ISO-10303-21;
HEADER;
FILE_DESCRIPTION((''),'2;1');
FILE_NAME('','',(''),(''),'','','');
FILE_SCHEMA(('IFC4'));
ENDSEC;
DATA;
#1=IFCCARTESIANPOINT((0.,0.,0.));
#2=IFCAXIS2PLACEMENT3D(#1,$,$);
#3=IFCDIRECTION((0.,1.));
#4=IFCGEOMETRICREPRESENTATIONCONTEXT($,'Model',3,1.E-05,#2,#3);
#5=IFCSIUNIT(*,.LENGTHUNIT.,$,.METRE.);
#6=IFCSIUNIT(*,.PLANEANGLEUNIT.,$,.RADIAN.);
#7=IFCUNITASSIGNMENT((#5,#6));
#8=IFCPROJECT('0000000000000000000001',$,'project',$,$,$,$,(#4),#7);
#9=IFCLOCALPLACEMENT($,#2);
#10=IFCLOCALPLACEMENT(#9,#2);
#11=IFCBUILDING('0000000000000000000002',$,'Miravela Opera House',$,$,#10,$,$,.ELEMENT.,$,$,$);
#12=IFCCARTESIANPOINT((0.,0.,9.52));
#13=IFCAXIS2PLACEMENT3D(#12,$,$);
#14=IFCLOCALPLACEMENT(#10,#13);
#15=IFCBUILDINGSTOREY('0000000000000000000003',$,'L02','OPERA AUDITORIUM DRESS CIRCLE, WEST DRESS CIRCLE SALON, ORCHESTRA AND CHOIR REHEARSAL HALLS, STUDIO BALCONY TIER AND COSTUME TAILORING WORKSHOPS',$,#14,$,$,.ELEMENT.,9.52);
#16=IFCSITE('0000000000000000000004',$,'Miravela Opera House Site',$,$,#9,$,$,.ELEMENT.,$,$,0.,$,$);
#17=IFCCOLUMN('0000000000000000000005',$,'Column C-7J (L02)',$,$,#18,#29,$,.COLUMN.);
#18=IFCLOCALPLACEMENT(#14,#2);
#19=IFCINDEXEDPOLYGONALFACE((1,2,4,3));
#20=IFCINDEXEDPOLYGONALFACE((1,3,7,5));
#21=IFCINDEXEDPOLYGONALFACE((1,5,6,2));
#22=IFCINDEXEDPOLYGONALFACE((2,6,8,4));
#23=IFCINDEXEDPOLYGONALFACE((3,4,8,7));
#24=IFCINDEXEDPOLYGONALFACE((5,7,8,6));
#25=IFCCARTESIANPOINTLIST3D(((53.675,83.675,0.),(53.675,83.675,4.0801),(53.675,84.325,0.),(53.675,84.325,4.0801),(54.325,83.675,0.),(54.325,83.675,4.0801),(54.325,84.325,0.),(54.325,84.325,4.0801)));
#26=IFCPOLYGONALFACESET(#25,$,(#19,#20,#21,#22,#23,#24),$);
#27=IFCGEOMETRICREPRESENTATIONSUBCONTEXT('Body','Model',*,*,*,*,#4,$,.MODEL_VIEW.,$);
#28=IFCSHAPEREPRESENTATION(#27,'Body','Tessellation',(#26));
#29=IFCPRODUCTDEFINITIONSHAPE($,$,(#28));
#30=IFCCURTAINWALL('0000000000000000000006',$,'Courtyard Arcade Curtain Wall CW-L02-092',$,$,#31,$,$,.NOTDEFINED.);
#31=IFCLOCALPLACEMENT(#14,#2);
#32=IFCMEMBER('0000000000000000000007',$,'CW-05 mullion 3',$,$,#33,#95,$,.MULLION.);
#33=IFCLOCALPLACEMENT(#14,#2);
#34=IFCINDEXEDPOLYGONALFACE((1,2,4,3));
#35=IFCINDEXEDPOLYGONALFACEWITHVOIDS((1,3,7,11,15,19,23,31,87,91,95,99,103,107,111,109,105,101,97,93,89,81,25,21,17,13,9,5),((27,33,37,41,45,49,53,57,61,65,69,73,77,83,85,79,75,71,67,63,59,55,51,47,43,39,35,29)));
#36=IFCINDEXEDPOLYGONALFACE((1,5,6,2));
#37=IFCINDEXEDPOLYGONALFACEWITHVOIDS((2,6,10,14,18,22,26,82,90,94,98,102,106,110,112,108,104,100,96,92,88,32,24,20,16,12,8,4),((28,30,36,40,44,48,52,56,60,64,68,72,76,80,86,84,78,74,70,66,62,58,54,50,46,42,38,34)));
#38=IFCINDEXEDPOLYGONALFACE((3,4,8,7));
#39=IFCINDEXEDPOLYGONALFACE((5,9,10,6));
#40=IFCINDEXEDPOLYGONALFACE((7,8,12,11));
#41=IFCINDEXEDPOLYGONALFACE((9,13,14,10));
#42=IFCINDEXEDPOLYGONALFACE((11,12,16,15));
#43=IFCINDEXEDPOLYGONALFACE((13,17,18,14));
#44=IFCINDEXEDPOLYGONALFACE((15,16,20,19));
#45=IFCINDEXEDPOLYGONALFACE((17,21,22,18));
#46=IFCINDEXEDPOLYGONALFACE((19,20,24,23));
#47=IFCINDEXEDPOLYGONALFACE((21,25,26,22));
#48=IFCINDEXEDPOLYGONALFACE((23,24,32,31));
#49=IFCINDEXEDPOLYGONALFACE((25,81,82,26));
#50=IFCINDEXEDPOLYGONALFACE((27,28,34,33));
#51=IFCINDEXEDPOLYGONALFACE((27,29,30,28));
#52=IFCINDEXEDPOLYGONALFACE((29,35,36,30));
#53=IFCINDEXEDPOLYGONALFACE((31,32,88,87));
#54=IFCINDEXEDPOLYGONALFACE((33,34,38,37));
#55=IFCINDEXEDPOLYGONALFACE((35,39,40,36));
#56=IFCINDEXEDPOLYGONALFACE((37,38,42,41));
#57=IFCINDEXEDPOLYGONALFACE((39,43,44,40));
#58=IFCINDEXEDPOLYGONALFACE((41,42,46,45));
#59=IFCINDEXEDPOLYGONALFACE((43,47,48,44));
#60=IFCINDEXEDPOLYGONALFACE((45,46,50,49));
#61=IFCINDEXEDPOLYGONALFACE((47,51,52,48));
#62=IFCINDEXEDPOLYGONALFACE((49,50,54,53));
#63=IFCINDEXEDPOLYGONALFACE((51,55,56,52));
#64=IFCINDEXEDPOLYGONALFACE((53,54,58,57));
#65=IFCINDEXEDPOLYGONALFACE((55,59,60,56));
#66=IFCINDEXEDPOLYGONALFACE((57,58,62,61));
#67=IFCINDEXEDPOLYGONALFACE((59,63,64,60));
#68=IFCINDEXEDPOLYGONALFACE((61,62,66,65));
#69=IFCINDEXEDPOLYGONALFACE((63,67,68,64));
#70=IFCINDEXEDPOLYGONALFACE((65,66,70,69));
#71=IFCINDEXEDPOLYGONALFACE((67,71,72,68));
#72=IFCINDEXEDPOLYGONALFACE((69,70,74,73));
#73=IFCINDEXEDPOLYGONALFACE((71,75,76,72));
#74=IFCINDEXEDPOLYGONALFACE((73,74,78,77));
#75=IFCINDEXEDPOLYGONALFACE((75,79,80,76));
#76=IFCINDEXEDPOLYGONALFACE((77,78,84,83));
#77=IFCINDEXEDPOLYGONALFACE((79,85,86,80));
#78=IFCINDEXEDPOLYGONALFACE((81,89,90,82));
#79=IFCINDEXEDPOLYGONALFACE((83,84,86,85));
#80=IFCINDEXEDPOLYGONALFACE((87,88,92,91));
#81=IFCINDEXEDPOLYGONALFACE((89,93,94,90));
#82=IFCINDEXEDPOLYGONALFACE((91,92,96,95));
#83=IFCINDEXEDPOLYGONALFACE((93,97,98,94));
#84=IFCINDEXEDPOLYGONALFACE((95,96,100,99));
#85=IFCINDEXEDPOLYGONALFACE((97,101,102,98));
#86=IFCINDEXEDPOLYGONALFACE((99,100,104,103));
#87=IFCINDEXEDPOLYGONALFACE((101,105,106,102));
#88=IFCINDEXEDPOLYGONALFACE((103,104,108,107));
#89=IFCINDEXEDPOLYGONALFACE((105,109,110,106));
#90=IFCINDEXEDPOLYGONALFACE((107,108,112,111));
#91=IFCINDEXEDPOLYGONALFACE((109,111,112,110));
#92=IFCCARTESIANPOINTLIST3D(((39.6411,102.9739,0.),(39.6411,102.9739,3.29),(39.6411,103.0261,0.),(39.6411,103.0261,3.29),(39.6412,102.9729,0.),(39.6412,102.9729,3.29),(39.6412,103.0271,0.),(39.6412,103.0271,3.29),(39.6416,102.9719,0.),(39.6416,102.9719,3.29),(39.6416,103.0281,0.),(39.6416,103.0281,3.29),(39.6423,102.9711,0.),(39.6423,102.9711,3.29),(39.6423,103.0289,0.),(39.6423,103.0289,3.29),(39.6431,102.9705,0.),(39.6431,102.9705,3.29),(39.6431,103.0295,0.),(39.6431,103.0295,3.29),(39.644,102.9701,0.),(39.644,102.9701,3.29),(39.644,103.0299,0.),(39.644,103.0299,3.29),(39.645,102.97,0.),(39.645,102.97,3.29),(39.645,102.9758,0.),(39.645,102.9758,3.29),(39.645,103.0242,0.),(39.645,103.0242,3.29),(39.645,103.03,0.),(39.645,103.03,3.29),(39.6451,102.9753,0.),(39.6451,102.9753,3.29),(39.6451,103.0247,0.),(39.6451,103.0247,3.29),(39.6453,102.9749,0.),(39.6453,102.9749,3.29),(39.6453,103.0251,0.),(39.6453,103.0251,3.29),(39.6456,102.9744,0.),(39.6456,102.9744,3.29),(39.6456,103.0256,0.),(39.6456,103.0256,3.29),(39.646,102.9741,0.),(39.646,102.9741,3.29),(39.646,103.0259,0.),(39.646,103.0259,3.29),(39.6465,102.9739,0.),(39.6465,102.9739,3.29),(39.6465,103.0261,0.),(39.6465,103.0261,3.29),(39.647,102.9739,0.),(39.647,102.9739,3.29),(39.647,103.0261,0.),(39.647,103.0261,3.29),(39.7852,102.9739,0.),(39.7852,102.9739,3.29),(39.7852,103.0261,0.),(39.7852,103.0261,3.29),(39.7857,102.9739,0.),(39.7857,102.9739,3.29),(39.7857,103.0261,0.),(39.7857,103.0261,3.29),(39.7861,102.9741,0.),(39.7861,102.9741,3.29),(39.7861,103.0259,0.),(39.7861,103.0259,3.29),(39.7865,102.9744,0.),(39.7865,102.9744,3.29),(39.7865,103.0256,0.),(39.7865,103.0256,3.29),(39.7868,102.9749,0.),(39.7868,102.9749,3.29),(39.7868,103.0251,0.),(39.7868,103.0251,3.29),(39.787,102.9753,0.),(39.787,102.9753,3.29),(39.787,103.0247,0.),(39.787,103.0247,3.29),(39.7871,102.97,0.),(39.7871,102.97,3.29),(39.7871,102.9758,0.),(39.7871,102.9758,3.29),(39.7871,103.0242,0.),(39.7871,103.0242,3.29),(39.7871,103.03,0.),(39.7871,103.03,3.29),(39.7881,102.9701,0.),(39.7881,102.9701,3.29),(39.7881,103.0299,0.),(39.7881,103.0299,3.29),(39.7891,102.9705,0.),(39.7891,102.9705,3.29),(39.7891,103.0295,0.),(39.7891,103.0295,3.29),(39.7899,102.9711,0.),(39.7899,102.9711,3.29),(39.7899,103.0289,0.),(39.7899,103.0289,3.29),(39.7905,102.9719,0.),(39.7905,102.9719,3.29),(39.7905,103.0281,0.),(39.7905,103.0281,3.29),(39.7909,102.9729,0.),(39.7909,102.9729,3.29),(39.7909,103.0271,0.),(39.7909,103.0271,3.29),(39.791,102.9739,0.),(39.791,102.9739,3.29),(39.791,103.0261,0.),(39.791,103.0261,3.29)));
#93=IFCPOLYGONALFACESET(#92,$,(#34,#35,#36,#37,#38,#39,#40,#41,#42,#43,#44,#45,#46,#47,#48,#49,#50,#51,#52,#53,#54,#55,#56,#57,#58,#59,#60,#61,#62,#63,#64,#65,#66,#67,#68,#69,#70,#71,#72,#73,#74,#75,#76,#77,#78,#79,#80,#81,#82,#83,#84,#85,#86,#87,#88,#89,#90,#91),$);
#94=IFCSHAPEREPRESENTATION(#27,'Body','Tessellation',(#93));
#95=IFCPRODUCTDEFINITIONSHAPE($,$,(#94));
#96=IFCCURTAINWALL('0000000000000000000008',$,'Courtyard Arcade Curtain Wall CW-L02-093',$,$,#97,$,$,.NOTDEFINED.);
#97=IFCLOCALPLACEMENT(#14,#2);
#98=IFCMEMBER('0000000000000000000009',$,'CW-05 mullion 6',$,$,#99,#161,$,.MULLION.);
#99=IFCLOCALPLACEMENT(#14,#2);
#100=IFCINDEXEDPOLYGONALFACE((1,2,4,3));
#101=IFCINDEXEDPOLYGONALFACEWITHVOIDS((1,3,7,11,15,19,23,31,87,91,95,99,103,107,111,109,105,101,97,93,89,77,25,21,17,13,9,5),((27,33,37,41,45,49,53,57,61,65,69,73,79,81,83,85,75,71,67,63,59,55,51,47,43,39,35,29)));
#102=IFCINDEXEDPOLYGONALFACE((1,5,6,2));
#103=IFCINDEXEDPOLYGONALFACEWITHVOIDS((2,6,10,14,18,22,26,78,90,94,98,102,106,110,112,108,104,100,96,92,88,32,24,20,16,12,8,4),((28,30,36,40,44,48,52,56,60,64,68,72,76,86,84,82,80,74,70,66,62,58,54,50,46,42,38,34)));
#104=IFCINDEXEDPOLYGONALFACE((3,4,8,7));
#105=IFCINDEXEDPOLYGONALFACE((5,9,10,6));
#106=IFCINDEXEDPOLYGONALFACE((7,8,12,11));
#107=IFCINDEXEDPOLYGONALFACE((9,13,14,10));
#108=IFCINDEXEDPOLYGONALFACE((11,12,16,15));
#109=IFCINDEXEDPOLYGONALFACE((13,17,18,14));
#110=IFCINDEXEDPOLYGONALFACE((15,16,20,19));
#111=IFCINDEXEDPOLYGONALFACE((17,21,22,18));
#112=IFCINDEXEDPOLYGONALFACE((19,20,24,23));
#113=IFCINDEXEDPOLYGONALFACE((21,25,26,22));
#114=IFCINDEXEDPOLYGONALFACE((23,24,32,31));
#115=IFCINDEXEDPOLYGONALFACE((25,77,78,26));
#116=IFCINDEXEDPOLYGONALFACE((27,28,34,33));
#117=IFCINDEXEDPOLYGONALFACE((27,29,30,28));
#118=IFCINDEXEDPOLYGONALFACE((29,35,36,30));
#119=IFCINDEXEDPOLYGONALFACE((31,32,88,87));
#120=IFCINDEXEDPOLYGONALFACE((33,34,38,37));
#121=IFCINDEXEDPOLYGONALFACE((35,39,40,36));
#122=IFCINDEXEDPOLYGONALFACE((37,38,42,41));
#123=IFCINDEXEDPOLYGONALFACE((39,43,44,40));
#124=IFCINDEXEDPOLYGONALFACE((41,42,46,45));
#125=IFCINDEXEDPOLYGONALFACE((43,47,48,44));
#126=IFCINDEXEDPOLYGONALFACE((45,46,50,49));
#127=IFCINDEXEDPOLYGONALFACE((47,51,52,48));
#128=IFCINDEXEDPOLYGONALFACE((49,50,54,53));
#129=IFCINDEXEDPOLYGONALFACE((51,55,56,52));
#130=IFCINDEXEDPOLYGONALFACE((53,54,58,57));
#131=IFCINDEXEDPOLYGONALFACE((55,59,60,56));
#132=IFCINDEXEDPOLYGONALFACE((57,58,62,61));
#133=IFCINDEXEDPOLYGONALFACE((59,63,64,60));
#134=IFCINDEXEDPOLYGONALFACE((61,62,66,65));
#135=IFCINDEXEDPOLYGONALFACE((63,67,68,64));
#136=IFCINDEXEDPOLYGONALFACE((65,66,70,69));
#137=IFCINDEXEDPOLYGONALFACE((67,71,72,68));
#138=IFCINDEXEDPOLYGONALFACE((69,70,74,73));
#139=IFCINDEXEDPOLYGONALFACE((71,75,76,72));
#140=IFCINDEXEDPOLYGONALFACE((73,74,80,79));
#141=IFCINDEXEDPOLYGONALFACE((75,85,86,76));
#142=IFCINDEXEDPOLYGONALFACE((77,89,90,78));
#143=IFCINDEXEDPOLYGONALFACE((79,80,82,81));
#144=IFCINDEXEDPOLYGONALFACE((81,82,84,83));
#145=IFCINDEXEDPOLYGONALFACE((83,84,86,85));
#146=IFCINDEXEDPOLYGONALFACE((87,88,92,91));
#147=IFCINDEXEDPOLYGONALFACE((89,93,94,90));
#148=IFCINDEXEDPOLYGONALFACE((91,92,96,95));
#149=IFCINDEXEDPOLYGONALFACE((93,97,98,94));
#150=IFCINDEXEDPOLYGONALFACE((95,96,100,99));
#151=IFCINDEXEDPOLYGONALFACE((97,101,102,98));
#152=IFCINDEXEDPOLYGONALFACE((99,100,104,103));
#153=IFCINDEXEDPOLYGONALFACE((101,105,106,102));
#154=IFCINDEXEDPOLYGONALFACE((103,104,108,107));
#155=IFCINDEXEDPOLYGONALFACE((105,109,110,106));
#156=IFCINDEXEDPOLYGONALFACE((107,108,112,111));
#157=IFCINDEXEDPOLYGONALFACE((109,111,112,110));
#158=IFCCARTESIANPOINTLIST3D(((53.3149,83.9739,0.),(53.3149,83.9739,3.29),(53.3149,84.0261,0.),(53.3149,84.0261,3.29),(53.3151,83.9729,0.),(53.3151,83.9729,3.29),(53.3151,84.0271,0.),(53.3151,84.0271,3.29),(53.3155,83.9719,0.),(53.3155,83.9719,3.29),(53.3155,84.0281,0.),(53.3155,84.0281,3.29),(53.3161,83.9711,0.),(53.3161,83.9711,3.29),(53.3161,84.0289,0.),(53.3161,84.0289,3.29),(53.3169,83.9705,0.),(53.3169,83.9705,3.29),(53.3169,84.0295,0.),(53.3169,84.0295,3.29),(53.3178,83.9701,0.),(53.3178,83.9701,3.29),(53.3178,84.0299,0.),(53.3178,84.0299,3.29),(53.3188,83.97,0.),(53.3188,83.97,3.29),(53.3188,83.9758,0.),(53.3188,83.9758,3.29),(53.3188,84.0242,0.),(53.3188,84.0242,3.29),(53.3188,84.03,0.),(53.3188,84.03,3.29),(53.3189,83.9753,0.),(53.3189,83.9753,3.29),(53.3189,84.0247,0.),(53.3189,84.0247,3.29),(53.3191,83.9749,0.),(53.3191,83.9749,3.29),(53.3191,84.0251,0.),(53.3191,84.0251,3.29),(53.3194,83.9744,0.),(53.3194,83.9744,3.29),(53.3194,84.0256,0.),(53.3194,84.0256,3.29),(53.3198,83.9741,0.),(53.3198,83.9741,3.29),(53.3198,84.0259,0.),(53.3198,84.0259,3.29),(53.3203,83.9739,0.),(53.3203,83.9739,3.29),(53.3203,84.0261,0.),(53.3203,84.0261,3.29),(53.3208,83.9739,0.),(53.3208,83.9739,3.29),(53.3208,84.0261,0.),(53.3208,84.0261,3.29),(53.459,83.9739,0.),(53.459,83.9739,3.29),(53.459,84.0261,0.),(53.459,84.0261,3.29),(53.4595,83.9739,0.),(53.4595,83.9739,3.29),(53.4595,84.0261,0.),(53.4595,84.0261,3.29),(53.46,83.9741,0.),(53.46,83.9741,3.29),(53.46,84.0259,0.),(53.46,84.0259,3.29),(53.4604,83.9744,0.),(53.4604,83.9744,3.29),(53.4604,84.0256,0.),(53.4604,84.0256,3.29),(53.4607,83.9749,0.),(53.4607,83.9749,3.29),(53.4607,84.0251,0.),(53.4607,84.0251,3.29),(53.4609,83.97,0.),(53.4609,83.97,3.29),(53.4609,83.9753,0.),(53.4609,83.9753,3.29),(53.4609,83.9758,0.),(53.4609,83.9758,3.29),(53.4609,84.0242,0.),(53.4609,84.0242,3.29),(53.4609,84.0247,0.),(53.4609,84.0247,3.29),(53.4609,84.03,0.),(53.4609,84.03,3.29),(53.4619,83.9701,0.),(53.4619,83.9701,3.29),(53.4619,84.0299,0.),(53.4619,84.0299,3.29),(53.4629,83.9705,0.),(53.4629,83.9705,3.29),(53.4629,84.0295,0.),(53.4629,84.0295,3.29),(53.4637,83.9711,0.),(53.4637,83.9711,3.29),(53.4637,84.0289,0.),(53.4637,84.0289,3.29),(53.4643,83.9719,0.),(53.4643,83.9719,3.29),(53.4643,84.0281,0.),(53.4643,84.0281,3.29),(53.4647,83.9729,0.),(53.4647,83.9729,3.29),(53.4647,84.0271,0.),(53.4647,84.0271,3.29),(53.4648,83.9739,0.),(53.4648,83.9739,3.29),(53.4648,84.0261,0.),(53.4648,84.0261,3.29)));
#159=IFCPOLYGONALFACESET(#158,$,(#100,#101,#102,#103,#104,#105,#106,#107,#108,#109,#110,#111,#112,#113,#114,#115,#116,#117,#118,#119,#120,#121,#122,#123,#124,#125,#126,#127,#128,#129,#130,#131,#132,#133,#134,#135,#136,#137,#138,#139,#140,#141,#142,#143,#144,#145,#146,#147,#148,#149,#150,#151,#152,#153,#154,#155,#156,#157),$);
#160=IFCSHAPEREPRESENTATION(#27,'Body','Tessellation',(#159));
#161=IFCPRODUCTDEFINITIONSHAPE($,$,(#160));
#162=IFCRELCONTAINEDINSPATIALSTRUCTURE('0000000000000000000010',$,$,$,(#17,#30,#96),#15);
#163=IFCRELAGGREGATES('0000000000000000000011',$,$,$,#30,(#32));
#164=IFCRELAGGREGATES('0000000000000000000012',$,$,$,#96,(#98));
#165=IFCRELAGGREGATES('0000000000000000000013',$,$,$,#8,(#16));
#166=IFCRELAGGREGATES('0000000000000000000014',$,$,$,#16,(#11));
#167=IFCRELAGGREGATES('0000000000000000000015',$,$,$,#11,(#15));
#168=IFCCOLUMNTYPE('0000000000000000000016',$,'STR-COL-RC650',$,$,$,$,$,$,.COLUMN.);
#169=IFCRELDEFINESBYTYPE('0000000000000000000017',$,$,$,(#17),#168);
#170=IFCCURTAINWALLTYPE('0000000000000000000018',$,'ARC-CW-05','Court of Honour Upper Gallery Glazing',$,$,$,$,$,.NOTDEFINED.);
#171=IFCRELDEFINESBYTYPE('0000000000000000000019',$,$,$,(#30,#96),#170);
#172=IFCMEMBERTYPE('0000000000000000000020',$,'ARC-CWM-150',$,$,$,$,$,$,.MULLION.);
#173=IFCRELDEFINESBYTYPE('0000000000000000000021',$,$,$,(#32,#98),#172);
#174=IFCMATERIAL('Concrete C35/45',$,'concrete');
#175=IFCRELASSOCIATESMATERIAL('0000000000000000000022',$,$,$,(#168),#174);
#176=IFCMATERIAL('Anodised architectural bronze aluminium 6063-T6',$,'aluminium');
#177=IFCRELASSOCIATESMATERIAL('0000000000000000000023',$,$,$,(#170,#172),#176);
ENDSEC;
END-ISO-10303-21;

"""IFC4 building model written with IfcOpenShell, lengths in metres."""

from ifc_helpers import new_model, si_unit, direction, frame, origin, origin_2d, place, context, subcontext, project, spatial, rectangle, hollow_rectangle, extrude, material, material_profile, profile_set, type_object, element, aggregate, save


model = new_model("IFC4")

# Units and contexts
model_context = context("Model", 3, precision=1e-05, world=origin(), true_north=direction((0.0, 1.0)))
body_context = subcontext(model_context, "Body", "Model", "MODEL_VIEW")
ifc_project = project(units=[si_unit("LENGTHUNIT", "METRE"), si_unit("PLANEANGLEUNIT", "RADIAN")], contexts=[model_context])

# Site, building, storey
site_placement = place(None, origin())
site = spatial("IfcSite", under=ifc_project, at=site_placement, Name="Miravela Opera House Site", CompositionType="ELEMENT", RefElevation=0.0)
building_placement = place(site_placement, origin())
building = spatial("IfcBuilding", under=site, at=building_placement, Name="Miravela Opera House", CompositionType="ELEMENT")
storey_placement = place(building_placement, frame((0.0, 0.0, 9.52)))
storey = spatial("IfcBuildingStorey", under=building, at=storey_placement, Name="L02", Description="OPERA AUDITORIUM DRESS CIRCLE, WEST DRESS CIRCLE SALON, ORCHESTRA AND CHOIR REHEARSAL HALLS, STUDIO BALCONY TIER AND COSTUME TAILORING WORKSHOPS", CompositionType="ELEMENT", Elevation=9.52)

# Column
ifc_material_1 = material(Name="Concrete C35/45", Category="concrete")
ifc_material_profile_1 = material_profile(ifc_material_1, rectangle(XDim=0.6499, YDim=0.6499, at=origin_2d()), Name="RC-COL-650X650")
ifc_profile_set_1 = profile_set([ifc_material_profile_1])
column_type = type_object("IfcColumnType", Name="STR-COL-RC650", PredefinedType="COLUMN", material=ifc_profile_set_1)
column_placement = place(storey_placement, frame((54.0, 84.0, 0.0), z_axis=(0.0, 0.0, 1.0), x_axis=(1.0, 0.0, 0.0)))
element("IfcColumn", 1, at=column_placement, inside=storey, type_object=column_type, Name="Column C-7J (L02)", PredefinedType="COLUMN", context=body_context, shape_type="SweptSolid", body=[
    extrude(rectangle(XDim=0.6499, YDim=0.6499, at=origin_2d()), origin(), (0.0, 0.0, 1.0), 4.0801),
])

# Curtain walls, members
ifc_material_2 = material(Name="Anodised architectural bronze aluminium 6063-T6", Category="aluminium")
curtain_wall_type = type_object("IfcCurtainWallType", Name="ARC-CW-05", Description="Court of Honour Upper Gallery Glazing", PredefinedType="NOTDEFINED", material=ifc_material_2)
curtain_wall_1_placement = place(storey_placement, origin())
curtain_wall_1 = element("IfcCurtainWall", 2, at=curtain_wall_1_placement, inside=storey, type_object=curtain_wall_type, Name="Courtyard Arcade Curtain Wall CW-L02-092", PredefinedType="NOTDEFINED")
ifc_material_profile_2 = material_profile(ifc_material_2, hollow_rectangle(XDim=0.0601, YDim=0.1499, WallThickness=0.0039, InnerFilletRadius=0.002, OuterFilletRadius=0.0039, at=origin_2d()), Name="CWM-60X150")
ifc_profile_set_2 = profile_set([ifc_material_profile_2])
member_type_1 = type_object("IfcMemberType", Name="ARC-CWM-150", PredefinedType="MULLION", material=ifc_profile_set_2)
member_1_placement = place(storey_placement, frame((39.7161, 103.0, 0.0), z_axis=(0.0, 0.0, 1.0), x_axis=(0.0, 1.0, 0.0)))
member_1 = element("IfcMember", 3, at=member_1_placement, type_object=member_type_1, Name="CW-05 mullion 3", PredefinedType="MULLION", context=body_context, shape_type="SweptSolid", body=[
    extrude(hollow_rectangle(XDim=0.0601, YDim=0.1499, WallThickness=0.0039, InnerFilletRadius=0.002, OuterFilletRadius=0.0039, at=origin_2d()), origin(), (0.0, 0.0, 1.0), 3.29),
])
curtain_wall_2_placement = place(storey_placement, origin())
curtain_wall_2 = element("IfcCurtainWall", 4, at=curtain_wall_2_placement, inside=storey, type_object=curtain_wall_type, Name="Courtyard Arcade Curtain Wall CW-L02-093", PredefinedType="NOTDEFINED")
member_2_placement = place(storey_placement, frame((53.3899, 84.0, 0.0), z_axis=(0.0, 0.0, 1.0), x_axis=(0.0, 1.0, 0.0)))
member_2 = element("IfcMember", 5, at=member_2_placement, type_object=member_type_1, Name="CW-05 mullion 6", PredefinedType="MULLION", context=body_context, shape_type="SweptSolid", body=[
    extrude(hollow_rectangle(XDim=0.0601, YDim=0.1499, WallThickness=0.0039, InnerFilletRadius=0.002, OuterFilletRadius=0.0039, at=origin_2d()), origin(), (0.0, 0.0, 1.0), 3.29),
])

aggregate(curtain_wall_1, [member_1])
aggregate(curtain_wall_2, [member_2])

save(model, "model.ifc")
